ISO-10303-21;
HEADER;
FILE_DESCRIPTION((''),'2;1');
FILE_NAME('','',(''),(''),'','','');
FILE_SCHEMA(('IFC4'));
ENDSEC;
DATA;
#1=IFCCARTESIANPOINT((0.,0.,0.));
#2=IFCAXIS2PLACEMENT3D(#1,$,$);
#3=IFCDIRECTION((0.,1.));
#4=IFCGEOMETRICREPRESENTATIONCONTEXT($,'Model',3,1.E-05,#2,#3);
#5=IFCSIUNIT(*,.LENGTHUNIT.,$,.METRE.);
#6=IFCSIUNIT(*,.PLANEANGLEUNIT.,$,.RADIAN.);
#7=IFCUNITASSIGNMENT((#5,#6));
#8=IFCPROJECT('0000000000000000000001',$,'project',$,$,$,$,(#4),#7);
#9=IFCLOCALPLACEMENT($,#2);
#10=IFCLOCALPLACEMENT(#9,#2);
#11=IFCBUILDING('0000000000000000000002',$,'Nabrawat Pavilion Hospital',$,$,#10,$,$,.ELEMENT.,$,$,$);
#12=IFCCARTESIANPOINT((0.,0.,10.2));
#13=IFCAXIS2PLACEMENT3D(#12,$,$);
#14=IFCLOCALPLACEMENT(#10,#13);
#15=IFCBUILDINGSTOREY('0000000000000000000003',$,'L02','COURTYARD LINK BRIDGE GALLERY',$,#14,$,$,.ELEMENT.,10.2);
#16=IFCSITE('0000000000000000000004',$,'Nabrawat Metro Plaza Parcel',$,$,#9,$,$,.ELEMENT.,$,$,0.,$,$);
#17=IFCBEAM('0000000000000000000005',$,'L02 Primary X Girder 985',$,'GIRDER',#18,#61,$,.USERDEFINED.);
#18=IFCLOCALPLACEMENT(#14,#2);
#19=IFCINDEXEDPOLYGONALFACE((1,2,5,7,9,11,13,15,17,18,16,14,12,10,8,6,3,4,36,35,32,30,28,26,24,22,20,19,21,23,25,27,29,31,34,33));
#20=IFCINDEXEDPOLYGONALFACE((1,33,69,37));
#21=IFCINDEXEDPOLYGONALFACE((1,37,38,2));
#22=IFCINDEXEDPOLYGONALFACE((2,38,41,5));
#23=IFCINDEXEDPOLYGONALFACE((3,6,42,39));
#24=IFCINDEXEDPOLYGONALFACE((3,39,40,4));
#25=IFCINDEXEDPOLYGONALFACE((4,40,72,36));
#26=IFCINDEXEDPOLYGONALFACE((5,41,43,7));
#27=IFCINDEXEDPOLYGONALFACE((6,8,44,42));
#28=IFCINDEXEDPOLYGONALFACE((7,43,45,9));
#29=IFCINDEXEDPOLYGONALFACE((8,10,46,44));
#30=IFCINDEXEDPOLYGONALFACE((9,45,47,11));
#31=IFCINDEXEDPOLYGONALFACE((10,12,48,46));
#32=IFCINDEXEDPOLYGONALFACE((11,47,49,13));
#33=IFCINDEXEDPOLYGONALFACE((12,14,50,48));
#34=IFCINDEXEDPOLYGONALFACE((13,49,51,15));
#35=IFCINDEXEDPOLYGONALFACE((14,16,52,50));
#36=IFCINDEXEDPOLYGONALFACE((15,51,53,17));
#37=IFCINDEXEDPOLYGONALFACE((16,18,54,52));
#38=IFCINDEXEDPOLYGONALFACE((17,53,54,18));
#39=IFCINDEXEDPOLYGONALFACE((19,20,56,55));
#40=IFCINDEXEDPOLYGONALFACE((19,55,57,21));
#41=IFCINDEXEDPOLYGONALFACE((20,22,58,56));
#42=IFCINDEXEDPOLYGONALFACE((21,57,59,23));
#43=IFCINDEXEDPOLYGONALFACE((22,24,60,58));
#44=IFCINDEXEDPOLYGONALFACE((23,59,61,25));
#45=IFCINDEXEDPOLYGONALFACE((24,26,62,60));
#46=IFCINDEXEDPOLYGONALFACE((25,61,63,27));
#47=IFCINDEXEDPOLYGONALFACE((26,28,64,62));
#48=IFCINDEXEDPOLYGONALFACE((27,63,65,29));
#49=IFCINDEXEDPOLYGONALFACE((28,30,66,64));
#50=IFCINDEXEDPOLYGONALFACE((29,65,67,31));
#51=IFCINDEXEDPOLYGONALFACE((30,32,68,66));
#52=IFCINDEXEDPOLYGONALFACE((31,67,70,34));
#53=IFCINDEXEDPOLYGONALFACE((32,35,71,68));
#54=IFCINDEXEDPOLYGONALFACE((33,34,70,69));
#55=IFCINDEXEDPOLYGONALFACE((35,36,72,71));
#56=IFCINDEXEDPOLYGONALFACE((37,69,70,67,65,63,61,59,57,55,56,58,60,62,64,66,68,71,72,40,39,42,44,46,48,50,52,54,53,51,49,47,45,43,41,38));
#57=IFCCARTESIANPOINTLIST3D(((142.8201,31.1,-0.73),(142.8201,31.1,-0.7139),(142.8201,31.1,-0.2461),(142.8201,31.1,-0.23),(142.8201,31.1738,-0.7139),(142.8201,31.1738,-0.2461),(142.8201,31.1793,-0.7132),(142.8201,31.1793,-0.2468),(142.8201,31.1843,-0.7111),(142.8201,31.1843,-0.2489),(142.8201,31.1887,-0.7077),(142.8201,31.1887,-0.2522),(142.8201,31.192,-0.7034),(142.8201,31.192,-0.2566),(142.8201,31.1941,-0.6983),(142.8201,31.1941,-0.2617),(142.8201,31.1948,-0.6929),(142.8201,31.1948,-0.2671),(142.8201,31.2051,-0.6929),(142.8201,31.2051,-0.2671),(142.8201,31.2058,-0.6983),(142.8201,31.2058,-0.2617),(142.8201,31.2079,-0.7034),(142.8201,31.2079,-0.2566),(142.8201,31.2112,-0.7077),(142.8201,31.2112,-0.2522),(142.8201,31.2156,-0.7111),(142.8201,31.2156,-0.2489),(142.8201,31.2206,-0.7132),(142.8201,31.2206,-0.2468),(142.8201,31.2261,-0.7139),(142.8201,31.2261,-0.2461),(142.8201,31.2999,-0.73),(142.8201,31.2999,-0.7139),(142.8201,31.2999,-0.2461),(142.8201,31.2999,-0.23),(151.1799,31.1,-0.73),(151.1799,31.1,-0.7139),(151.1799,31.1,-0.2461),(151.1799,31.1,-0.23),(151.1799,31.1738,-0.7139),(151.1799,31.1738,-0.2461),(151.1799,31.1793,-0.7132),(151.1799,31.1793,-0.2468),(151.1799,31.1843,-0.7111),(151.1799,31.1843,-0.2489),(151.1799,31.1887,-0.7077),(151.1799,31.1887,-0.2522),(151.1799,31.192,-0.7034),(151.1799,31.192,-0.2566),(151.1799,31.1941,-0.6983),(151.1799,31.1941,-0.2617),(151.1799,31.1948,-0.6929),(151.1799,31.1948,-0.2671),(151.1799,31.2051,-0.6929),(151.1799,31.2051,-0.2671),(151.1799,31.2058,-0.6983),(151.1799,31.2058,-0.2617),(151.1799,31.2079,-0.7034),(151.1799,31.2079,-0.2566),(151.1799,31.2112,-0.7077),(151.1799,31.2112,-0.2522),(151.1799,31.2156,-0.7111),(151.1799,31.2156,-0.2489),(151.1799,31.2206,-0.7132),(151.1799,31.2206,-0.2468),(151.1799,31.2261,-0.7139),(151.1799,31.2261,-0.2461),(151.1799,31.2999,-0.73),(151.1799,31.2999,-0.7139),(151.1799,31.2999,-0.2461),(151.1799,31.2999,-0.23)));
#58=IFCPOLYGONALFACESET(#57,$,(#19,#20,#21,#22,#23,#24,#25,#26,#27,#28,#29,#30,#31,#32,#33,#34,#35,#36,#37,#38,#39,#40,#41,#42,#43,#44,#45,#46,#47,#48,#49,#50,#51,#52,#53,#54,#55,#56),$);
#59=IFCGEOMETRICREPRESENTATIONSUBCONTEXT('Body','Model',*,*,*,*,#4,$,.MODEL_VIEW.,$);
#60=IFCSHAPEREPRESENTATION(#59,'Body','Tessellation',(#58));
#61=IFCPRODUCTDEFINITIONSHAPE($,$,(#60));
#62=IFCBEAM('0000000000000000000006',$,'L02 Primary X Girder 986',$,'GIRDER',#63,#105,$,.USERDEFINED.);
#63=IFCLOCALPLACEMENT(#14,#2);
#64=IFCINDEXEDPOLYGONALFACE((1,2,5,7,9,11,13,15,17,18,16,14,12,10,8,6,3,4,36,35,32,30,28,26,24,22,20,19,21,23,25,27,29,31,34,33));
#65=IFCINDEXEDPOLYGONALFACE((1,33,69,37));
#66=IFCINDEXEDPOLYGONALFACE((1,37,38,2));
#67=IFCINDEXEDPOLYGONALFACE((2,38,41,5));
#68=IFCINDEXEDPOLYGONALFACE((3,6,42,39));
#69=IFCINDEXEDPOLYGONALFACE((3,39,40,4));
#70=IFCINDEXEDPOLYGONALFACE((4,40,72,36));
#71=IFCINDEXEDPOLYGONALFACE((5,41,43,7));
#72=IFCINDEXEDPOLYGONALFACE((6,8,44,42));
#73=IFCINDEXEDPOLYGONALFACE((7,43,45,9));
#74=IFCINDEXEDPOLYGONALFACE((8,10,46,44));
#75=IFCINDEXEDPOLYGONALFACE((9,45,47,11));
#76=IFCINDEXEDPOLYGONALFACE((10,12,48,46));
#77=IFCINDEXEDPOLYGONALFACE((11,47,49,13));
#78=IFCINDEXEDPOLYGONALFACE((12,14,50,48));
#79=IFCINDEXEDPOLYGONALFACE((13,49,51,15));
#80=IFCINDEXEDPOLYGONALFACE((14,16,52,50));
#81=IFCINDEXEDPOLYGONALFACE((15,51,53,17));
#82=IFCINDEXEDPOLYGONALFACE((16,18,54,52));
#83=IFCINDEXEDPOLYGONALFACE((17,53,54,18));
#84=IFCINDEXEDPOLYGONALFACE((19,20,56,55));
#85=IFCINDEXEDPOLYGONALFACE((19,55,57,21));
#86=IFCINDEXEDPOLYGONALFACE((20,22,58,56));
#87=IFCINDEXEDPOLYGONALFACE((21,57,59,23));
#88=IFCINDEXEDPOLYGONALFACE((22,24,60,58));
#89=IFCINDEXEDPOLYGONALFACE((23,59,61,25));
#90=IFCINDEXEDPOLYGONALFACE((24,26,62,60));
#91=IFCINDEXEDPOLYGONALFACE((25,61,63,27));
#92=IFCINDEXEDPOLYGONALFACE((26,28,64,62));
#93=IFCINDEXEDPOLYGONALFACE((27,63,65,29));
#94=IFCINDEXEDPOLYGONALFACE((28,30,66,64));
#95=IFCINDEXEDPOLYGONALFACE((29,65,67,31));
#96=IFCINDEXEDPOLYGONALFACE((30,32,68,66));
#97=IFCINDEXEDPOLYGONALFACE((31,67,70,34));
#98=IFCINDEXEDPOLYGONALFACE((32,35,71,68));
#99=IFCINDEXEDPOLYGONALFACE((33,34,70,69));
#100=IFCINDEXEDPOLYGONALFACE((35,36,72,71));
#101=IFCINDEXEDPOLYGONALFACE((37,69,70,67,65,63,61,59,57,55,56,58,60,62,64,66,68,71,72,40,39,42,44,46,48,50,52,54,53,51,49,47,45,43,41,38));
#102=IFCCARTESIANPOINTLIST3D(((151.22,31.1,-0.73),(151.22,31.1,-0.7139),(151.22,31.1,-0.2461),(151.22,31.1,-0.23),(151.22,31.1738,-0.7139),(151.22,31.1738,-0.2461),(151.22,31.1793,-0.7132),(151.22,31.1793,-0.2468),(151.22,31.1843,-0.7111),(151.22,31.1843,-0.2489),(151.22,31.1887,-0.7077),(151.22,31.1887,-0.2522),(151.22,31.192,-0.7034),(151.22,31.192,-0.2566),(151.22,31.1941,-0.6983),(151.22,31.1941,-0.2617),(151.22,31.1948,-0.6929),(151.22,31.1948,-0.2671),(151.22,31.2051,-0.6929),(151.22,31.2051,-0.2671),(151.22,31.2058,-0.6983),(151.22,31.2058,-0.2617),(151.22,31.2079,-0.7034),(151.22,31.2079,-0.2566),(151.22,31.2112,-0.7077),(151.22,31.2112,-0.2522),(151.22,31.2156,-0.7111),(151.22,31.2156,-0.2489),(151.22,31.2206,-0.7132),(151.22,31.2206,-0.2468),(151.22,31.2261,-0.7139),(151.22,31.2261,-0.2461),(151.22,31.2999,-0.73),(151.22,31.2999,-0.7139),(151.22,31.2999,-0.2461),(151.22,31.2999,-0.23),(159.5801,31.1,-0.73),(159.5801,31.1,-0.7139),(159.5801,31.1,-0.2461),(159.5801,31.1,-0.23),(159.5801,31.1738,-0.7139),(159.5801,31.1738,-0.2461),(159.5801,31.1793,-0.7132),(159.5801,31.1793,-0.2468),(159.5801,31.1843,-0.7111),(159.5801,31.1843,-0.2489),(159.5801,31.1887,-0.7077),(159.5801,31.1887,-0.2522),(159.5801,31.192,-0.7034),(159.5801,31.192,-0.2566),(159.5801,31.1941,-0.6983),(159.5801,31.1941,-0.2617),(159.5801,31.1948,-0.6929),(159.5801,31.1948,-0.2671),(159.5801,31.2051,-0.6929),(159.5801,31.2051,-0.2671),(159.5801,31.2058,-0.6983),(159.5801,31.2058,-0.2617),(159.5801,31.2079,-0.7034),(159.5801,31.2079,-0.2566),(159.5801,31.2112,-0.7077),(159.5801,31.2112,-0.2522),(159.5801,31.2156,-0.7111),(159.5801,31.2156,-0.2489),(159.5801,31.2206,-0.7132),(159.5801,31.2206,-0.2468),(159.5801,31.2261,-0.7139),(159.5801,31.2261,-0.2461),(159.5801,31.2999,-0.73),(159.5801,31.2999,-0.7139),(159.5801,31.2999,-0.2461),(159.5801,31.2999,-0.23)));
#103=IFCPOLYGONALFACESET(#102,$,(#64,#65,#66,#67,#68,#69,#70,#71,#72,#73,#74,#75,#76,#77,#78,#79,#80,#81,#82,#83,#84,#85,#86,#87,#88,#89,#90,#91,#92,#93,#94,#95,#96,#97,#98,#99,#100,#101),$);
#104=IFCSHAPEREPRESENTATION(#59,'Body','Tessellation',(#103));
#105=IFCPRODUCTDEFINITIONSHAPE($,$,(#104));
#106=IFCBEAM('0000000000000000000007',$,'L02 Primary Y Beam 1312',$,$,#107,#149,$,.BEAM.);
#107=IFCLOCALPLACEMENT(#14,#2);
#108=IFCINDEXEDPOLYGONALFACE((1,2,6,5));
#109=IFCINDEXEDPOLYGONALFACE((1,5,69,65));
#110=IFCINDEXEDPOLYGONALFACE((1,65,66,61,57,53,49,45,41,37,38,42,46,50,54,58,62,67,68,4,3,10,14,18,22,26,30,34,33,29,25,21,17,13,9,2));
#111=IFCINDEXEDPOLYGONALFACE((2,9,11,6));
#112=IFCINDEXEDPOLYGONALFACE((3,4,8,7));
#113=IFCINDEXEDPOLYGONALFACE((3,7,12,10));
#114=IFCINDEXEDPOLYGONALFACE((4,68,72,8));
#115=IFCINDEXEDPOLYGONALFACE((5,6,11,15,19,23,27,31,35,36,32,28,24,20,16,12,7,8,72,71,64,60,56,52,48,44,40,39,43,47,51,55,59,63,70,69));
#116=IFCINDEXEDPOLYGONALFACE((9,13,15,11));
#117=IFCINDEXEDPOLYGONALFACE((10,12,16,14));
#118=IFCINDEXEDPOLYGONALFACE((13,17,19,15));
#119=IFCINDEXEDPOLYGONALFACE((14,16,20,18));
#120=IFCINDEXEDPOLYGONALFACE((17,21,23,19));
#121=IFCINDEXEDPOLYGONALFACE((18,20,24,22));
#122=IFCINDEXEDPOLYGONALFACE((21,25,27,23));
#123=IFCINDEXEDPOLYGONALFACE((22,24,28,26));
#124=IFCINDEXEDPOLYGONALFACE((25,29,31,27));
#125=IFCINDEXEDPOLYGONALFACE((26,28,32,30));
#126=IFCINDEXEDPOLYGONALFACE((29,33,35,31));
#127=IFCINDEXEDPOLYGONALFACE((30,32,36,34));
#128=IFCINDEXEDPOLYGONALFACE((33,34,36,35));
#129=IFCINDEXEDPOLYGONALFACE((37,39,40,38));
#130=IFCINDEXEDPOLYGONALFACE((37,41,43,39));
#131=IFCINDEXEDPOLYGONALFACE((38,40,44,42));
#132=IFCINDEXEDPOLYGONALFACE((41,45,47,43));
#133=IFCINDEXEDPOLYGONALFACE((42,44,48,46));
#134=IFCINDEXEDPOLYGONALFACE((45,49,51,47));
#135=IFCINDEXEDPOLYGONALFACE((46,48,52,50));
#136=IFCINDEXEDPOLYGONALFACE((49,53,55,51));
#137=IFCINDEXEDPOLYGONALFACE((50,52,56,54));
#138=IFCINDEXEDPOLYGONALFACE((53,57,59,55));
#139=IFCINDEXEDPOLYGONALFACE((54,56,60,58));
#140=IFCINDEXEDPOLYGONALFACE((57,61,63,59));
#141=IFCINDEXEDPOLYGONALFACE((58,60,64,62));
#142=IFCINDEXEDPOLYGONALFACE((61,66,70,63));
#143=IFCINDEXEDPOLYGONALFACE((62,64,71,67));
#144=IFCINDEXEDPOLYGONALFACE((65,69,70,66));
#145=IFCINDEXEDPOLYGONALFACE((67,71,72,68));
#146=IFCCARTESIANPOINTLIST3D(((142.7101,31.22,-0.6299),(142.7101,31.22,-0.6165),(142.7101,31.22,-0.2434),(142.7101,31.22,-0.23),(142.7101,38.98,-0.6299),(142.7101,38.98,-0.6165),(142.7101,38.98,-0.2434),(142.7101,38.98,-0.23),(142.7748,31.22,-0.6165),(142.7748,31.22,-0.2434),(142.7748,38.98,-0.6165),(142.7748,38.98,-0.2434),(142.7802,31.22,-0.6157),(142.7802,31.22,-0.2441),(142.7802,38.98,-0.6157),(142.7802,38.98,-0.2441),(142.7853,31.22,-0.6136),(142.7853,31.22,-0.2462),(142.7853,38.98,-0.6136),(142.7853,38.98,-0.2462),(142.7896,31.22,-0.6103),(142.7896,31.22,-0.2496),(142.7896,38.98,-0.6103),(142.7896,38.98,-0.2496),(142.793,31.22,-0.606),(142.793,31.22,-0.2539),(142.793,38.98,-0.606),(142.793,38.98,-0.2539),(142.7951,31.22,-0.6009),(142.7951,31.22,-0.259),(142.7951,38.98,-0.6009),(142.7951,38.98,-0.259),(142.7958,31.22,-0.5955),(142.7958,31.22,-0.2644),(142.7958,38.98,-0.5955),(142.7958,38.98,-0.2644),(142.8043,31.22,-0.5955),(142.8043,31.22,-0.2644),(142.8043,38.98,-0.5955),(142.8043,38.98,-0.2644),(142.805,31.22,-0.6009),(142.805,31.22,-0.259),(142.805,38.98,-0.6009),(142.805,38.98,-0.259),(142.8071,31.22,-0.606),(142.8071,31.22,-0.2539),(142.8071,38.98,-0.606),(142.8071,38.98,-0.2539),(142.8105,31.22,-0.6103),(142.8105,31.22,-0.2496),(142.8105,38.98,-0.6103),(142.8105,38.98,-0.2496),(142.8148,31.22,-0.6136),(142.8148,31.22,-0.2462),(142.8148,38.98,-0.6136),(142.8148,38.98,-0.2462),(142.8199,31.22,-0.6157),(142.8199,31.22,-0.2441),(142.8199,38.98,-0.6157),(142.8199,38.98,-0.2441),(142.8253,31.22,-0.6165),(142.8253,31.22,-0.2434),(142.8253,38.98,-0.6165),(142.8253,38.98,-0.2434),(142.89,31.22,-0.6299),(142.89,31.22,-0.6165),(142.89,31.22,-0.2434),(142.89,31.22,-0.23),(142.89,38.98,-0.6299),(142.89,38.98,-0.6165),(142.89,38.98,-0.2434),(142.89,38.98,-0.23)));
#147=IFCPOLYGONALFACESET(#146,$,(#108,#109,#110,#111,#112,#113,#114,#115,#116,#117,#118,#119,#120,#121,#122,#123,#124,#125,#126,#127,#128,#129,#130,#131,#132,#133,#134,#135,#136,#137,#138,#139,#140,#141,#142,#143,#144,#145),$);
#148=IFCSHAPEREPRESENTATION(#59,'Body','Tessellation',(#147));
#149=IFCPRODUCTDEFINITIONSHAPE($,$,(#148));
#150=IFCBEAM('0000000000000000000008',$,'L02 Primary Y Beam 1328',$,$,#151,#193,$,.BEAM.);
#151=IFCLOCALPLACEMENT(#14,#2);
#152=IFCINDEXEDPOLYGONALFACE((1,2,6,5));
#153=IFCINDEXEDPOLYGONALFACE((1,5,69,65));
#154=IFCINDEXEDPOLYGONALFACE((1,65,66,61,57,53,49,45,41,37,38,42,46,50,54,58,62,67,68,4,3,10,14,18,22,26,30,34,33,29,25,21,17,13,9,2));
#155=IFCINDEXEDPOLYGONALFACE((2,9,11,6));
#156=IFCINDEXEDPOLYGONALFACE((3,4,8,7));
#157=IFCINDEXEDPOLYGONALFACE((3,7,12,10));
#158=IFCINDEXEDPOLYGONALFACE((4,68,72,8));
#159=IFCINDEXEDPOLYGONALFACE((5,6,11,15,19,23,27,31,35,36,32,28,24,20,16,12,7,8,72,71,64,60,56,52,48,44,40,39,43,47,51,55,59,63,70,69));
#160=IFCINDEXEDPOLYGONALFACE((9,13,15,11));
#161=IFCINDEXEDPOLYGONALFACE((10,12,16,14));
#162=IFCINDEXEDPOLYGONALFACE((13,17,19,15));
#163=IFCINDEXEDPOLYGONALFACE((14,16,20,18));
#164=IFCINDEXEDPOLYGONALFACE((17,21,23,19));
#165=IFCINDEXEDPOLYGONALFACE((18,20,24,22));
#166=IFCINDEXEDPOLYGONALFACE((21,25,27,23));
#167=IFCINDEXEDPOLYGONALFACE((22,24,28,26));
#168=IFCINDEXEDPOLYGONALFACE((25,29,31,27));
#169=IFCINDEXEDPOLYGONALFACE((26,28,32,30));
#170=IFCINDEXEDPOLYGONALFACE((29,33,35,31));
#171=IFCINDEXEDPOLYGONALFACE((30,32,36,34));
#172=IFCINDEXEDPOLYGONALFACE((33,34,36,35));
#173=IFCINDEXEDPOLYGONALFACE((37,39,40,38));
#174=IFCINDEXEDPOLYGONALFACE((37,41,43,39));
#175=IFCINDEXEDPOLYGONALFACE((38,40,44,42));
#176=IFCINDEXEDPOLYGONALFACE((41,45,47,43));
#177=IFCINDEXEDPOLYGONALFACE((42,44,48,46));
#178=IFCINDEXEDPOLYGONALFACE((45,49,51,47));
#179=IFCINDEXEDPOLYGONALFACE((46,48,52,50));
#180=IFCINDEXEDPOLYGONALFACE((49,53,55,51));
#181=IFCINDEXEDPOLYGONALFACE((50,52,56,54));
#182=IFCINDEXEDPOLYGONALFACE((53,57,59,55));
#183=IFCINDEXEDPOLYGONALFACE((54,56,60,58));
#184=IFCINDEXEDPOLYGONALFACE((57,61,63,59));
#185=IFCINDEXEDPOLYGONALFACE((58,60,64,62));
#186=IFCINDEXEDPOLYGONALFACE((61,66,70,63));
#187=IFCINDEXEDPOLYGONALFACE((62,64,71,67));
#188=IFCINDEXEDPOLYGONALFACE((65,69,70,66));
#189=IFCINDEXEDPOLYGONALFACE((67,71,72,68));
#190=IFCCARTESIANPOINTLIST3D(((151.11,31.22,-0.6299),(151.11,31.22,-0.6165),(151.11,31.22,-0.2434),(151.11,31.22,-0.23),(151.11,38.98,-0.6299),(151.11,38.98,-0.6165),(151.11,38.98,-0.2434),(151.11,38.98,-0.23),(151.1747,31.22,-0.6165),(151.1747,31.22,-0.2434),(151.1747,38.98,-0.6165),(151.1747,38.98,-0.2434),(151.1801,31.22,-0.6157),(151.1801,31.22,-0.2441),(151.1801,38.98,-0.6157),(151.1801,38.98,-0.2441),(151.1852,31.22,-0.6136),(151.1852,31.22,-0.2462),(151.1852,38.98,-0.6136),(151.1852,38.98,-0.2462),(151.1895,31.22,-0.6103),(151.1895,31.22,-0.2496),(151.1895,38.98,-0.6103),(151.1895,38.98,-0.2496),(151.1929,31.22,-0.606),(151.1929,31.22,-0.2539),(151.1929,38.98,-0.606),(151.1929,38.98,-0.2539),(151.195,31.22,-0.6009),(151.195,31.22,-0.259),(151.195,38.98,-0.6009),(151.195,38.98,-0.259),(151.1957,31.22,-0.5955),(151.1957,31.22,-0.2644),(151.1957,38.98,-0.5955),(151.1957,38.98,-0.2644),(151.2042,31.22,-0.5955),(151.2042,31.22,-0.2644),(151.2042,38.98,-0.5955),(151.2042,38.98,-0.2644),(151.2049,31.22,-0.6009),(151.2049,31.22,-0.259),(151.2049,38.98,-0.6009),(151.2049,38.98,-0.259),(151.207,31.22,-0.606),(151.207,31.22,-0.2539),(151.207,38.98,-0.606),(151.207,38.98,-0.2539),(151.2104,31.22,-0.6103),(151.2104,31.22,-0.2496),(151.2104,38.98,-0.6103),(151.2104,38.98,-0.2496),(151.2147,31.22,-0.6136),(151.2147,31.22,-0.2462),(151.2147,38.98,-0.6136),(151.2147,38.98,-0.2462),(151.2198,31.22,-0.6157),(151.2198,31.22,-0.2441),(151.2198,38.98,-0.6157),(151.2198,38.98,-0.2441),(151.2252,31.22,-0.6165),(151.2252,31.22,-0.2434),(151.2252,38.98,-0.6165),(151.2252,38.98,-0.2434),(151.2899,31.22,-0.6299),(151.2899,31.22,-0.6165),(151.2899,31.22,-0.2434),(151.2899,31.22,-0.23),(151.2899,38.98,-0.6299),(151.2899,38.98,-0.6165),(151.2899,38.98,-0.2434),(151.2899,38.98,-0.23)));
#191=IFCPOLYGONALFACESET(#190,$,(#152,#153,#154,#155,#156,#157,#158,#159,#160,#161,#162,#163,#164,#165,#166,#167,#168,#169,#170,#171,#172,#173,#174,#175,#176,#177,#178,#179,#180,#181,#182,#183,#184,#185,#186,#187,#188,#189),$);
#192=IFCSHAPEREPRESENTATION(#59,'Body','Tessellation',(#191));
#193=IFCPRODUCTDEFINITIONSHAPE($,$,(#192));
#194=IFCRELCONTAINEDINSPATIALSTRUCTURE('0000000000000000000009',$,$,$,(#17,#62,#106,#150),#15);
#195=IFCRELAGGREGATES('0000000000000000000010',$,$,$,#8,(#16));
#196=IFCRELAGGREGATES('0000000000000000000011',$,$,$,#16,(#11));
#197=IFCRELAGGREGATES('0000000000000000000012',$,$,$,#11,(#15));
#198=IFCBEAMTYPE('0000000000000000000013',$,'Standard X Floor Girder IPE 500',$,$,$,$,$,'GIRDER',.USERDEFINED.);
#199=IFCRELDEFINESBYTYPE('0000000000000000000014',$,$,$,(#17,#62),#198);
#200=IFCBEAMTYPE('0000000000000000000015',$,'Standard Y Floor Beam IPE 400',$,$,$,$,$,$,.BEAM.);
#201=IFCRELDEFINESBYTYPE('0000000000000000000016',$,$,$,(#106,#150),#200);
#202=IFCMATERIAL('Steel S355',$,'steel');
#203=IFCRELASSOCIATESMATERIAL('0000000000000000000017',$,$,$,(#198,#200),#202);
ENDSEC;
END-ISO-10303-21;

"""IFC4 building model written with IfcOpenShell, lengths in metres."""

from ifc_helpers import new_model, si_unit, direction, frame, origin, origin_2d, place, context, subcontext, project, spatial, i_section, extrude, material, material_profile, profile_set, type_object, element, save


model = new_model("IFC4")

# Units and contexts
model_context = context("Model", 3, precision=1e-05, world=origin(), true_north=direction((0.0, 1.0)))
body_context = subcontext(model_context, "Body", "Model", "MODEL_VIEW")
ifc_project = project(units=[si_unit("LENGTHUNIT", "METRE"), si_unit("PLANEANGLEUNIT", "RADIAN")], contexts=[model_context])

# Site, building, storey
site_placement = place(None, origin())
site = spatial("IfcSite", under=ifc_project, at=site_placement, Name="Nabrawat Metro Plaza Parcel", CompositionType="ELEMENT", RefElevation=0.0)
building_placement = place(site_placement, origin())
building = spatial("IfcBuilding", under=site, at=building_placement, Name="Nabrawat Pavilion Hospital", CompositionType="ELEMENT")
storey_placement = place(building_placement, frame((0.0, 0.0, 10.2)))
storey = spatial("IfcBuildingStorey", under=building, at=storey_placement, Name="L02", Description="COURTYARD LINK BRIDGE GALLERY", CompositionType="ELEMENT", Elevation=10.2)

# Shared definitions
ifc_material_1 = material(Name="Steel S355", Category="steel")

# Beams
ifc_material_profile_1 = material_profile(ifc_material_1, i_section(OverallWidth=0.2, OverallDepth=0.5, WebThickness=0.0103, FlangeThickness=0.0161, FilletRadius=0.021, at=origin_2d()), Name="IPE 500")
ifc_profile_set_1 = profile_set([ifc_material_profile_1], Name="Steel S355")
beam_type_1 = type_object("IfcBeamType", Name="Standard X Floor Girder IPE 500", ElementType="GIRDER", PredefinedType="USERDEFINED", material=ifc_profile_set_1)
beam_1_placement = place(storey_placement, frame((142.8201, 31.2, -0.48), z_axis=(1.0, 0.0, 0.0), x_axis=(0.0, 1.0, 0.0)))
element("IfcBeam", 1, at=beam_1_placement, inside=storey, type_object=beam_type_1, Name="L02 Primary X Girder 985", ObjectType="GIRDER", PredefinedType="USERDEFINED", context=body_context, shape_type="SweptSolid", body=[
    extrude(i_section(OverallWidth=0.2, OverallDepth=0.5, WebThickness=0.0103, FlangeThickness=0.0161, FilletRadius=0.021, at=origin_2d()), origin(), (0.0, 0.0, 1.0), 8.3599),
])
beam_2_placement = place(storey_placement, frame((151.22, 31.2, -0.48), z_axis=(1.0, 0.0, 0.0), x_axis=(0.0, 1.0, 0.0)))
element("IfcBeam", 2, at=beam_2_placement, inside=storey, type_object=beam_type_1, Name="L02 Primary X Girder 986", ObjectType="GIRDER", PredefinedType="USERDEFINED", context=body_context, shape_type="SweptSolid", body=[
    extrude(i_section(OverallWidth=0.2, OverallDepth=0.5, WebThickness=0.0103, FlangeThickness=0.0161, FilletRadius=0.021, at=origin_2d()), origin(), (0.0, 0.0, 1.0), 8.3601),
])
ifc_material_profile_2 = material_profile(ifc_material_1, i_section(OverallWidth=0.1799, OverallDepth=0.3999, WebThickness=0.0085, FlangeThickness=0.0134, FilletRadius=0.021, at=origin_2d()), Name="IPE 400")
ifc_profile_set_2 = profile_set([ifc_material_profile_2], Name="Steel S355")
beam_type_2 = type_object("IfcBeamType", Name="Standard Y Floor Beam IPE 400", PredefinedType="BEAM", material=ifc_profile_set_2)
for number, where, z_axis, x_axis, name in (
    (3, (142.8, 31.22, -0.4299), (0.0, 1.0, 0.0), (-1.0, 0.0, 0.0), "L02 Primary Y Beam 1312"),
    (4, (151.2, 31.22, -0.4299), (0.0, 1.0, 0.0), (-1.0, 0.0, 0.0), "L02 Primary Y Beam 1328"),
):
    element("IfcBeam", number, at=place(storey_placement, frame(where, z_axis=z_axis, x_axis=x_axis)), inside=storey, type_object=beam_type_2, Name=name, PredefinedType="BEAM", context=body_context, shape_type="SweptSolid", body=[
        extrude(i_section(OverallWidth=0.1799, OverallDepth=0.3999, WebThickness=0.0085, FlangeThickness=0.0134, FilletRadius=0.021, at=origin_2d()), origin(), (0.0, 0.0, 1.0), 7.76),
    ])

save(model, "model.ifc")
